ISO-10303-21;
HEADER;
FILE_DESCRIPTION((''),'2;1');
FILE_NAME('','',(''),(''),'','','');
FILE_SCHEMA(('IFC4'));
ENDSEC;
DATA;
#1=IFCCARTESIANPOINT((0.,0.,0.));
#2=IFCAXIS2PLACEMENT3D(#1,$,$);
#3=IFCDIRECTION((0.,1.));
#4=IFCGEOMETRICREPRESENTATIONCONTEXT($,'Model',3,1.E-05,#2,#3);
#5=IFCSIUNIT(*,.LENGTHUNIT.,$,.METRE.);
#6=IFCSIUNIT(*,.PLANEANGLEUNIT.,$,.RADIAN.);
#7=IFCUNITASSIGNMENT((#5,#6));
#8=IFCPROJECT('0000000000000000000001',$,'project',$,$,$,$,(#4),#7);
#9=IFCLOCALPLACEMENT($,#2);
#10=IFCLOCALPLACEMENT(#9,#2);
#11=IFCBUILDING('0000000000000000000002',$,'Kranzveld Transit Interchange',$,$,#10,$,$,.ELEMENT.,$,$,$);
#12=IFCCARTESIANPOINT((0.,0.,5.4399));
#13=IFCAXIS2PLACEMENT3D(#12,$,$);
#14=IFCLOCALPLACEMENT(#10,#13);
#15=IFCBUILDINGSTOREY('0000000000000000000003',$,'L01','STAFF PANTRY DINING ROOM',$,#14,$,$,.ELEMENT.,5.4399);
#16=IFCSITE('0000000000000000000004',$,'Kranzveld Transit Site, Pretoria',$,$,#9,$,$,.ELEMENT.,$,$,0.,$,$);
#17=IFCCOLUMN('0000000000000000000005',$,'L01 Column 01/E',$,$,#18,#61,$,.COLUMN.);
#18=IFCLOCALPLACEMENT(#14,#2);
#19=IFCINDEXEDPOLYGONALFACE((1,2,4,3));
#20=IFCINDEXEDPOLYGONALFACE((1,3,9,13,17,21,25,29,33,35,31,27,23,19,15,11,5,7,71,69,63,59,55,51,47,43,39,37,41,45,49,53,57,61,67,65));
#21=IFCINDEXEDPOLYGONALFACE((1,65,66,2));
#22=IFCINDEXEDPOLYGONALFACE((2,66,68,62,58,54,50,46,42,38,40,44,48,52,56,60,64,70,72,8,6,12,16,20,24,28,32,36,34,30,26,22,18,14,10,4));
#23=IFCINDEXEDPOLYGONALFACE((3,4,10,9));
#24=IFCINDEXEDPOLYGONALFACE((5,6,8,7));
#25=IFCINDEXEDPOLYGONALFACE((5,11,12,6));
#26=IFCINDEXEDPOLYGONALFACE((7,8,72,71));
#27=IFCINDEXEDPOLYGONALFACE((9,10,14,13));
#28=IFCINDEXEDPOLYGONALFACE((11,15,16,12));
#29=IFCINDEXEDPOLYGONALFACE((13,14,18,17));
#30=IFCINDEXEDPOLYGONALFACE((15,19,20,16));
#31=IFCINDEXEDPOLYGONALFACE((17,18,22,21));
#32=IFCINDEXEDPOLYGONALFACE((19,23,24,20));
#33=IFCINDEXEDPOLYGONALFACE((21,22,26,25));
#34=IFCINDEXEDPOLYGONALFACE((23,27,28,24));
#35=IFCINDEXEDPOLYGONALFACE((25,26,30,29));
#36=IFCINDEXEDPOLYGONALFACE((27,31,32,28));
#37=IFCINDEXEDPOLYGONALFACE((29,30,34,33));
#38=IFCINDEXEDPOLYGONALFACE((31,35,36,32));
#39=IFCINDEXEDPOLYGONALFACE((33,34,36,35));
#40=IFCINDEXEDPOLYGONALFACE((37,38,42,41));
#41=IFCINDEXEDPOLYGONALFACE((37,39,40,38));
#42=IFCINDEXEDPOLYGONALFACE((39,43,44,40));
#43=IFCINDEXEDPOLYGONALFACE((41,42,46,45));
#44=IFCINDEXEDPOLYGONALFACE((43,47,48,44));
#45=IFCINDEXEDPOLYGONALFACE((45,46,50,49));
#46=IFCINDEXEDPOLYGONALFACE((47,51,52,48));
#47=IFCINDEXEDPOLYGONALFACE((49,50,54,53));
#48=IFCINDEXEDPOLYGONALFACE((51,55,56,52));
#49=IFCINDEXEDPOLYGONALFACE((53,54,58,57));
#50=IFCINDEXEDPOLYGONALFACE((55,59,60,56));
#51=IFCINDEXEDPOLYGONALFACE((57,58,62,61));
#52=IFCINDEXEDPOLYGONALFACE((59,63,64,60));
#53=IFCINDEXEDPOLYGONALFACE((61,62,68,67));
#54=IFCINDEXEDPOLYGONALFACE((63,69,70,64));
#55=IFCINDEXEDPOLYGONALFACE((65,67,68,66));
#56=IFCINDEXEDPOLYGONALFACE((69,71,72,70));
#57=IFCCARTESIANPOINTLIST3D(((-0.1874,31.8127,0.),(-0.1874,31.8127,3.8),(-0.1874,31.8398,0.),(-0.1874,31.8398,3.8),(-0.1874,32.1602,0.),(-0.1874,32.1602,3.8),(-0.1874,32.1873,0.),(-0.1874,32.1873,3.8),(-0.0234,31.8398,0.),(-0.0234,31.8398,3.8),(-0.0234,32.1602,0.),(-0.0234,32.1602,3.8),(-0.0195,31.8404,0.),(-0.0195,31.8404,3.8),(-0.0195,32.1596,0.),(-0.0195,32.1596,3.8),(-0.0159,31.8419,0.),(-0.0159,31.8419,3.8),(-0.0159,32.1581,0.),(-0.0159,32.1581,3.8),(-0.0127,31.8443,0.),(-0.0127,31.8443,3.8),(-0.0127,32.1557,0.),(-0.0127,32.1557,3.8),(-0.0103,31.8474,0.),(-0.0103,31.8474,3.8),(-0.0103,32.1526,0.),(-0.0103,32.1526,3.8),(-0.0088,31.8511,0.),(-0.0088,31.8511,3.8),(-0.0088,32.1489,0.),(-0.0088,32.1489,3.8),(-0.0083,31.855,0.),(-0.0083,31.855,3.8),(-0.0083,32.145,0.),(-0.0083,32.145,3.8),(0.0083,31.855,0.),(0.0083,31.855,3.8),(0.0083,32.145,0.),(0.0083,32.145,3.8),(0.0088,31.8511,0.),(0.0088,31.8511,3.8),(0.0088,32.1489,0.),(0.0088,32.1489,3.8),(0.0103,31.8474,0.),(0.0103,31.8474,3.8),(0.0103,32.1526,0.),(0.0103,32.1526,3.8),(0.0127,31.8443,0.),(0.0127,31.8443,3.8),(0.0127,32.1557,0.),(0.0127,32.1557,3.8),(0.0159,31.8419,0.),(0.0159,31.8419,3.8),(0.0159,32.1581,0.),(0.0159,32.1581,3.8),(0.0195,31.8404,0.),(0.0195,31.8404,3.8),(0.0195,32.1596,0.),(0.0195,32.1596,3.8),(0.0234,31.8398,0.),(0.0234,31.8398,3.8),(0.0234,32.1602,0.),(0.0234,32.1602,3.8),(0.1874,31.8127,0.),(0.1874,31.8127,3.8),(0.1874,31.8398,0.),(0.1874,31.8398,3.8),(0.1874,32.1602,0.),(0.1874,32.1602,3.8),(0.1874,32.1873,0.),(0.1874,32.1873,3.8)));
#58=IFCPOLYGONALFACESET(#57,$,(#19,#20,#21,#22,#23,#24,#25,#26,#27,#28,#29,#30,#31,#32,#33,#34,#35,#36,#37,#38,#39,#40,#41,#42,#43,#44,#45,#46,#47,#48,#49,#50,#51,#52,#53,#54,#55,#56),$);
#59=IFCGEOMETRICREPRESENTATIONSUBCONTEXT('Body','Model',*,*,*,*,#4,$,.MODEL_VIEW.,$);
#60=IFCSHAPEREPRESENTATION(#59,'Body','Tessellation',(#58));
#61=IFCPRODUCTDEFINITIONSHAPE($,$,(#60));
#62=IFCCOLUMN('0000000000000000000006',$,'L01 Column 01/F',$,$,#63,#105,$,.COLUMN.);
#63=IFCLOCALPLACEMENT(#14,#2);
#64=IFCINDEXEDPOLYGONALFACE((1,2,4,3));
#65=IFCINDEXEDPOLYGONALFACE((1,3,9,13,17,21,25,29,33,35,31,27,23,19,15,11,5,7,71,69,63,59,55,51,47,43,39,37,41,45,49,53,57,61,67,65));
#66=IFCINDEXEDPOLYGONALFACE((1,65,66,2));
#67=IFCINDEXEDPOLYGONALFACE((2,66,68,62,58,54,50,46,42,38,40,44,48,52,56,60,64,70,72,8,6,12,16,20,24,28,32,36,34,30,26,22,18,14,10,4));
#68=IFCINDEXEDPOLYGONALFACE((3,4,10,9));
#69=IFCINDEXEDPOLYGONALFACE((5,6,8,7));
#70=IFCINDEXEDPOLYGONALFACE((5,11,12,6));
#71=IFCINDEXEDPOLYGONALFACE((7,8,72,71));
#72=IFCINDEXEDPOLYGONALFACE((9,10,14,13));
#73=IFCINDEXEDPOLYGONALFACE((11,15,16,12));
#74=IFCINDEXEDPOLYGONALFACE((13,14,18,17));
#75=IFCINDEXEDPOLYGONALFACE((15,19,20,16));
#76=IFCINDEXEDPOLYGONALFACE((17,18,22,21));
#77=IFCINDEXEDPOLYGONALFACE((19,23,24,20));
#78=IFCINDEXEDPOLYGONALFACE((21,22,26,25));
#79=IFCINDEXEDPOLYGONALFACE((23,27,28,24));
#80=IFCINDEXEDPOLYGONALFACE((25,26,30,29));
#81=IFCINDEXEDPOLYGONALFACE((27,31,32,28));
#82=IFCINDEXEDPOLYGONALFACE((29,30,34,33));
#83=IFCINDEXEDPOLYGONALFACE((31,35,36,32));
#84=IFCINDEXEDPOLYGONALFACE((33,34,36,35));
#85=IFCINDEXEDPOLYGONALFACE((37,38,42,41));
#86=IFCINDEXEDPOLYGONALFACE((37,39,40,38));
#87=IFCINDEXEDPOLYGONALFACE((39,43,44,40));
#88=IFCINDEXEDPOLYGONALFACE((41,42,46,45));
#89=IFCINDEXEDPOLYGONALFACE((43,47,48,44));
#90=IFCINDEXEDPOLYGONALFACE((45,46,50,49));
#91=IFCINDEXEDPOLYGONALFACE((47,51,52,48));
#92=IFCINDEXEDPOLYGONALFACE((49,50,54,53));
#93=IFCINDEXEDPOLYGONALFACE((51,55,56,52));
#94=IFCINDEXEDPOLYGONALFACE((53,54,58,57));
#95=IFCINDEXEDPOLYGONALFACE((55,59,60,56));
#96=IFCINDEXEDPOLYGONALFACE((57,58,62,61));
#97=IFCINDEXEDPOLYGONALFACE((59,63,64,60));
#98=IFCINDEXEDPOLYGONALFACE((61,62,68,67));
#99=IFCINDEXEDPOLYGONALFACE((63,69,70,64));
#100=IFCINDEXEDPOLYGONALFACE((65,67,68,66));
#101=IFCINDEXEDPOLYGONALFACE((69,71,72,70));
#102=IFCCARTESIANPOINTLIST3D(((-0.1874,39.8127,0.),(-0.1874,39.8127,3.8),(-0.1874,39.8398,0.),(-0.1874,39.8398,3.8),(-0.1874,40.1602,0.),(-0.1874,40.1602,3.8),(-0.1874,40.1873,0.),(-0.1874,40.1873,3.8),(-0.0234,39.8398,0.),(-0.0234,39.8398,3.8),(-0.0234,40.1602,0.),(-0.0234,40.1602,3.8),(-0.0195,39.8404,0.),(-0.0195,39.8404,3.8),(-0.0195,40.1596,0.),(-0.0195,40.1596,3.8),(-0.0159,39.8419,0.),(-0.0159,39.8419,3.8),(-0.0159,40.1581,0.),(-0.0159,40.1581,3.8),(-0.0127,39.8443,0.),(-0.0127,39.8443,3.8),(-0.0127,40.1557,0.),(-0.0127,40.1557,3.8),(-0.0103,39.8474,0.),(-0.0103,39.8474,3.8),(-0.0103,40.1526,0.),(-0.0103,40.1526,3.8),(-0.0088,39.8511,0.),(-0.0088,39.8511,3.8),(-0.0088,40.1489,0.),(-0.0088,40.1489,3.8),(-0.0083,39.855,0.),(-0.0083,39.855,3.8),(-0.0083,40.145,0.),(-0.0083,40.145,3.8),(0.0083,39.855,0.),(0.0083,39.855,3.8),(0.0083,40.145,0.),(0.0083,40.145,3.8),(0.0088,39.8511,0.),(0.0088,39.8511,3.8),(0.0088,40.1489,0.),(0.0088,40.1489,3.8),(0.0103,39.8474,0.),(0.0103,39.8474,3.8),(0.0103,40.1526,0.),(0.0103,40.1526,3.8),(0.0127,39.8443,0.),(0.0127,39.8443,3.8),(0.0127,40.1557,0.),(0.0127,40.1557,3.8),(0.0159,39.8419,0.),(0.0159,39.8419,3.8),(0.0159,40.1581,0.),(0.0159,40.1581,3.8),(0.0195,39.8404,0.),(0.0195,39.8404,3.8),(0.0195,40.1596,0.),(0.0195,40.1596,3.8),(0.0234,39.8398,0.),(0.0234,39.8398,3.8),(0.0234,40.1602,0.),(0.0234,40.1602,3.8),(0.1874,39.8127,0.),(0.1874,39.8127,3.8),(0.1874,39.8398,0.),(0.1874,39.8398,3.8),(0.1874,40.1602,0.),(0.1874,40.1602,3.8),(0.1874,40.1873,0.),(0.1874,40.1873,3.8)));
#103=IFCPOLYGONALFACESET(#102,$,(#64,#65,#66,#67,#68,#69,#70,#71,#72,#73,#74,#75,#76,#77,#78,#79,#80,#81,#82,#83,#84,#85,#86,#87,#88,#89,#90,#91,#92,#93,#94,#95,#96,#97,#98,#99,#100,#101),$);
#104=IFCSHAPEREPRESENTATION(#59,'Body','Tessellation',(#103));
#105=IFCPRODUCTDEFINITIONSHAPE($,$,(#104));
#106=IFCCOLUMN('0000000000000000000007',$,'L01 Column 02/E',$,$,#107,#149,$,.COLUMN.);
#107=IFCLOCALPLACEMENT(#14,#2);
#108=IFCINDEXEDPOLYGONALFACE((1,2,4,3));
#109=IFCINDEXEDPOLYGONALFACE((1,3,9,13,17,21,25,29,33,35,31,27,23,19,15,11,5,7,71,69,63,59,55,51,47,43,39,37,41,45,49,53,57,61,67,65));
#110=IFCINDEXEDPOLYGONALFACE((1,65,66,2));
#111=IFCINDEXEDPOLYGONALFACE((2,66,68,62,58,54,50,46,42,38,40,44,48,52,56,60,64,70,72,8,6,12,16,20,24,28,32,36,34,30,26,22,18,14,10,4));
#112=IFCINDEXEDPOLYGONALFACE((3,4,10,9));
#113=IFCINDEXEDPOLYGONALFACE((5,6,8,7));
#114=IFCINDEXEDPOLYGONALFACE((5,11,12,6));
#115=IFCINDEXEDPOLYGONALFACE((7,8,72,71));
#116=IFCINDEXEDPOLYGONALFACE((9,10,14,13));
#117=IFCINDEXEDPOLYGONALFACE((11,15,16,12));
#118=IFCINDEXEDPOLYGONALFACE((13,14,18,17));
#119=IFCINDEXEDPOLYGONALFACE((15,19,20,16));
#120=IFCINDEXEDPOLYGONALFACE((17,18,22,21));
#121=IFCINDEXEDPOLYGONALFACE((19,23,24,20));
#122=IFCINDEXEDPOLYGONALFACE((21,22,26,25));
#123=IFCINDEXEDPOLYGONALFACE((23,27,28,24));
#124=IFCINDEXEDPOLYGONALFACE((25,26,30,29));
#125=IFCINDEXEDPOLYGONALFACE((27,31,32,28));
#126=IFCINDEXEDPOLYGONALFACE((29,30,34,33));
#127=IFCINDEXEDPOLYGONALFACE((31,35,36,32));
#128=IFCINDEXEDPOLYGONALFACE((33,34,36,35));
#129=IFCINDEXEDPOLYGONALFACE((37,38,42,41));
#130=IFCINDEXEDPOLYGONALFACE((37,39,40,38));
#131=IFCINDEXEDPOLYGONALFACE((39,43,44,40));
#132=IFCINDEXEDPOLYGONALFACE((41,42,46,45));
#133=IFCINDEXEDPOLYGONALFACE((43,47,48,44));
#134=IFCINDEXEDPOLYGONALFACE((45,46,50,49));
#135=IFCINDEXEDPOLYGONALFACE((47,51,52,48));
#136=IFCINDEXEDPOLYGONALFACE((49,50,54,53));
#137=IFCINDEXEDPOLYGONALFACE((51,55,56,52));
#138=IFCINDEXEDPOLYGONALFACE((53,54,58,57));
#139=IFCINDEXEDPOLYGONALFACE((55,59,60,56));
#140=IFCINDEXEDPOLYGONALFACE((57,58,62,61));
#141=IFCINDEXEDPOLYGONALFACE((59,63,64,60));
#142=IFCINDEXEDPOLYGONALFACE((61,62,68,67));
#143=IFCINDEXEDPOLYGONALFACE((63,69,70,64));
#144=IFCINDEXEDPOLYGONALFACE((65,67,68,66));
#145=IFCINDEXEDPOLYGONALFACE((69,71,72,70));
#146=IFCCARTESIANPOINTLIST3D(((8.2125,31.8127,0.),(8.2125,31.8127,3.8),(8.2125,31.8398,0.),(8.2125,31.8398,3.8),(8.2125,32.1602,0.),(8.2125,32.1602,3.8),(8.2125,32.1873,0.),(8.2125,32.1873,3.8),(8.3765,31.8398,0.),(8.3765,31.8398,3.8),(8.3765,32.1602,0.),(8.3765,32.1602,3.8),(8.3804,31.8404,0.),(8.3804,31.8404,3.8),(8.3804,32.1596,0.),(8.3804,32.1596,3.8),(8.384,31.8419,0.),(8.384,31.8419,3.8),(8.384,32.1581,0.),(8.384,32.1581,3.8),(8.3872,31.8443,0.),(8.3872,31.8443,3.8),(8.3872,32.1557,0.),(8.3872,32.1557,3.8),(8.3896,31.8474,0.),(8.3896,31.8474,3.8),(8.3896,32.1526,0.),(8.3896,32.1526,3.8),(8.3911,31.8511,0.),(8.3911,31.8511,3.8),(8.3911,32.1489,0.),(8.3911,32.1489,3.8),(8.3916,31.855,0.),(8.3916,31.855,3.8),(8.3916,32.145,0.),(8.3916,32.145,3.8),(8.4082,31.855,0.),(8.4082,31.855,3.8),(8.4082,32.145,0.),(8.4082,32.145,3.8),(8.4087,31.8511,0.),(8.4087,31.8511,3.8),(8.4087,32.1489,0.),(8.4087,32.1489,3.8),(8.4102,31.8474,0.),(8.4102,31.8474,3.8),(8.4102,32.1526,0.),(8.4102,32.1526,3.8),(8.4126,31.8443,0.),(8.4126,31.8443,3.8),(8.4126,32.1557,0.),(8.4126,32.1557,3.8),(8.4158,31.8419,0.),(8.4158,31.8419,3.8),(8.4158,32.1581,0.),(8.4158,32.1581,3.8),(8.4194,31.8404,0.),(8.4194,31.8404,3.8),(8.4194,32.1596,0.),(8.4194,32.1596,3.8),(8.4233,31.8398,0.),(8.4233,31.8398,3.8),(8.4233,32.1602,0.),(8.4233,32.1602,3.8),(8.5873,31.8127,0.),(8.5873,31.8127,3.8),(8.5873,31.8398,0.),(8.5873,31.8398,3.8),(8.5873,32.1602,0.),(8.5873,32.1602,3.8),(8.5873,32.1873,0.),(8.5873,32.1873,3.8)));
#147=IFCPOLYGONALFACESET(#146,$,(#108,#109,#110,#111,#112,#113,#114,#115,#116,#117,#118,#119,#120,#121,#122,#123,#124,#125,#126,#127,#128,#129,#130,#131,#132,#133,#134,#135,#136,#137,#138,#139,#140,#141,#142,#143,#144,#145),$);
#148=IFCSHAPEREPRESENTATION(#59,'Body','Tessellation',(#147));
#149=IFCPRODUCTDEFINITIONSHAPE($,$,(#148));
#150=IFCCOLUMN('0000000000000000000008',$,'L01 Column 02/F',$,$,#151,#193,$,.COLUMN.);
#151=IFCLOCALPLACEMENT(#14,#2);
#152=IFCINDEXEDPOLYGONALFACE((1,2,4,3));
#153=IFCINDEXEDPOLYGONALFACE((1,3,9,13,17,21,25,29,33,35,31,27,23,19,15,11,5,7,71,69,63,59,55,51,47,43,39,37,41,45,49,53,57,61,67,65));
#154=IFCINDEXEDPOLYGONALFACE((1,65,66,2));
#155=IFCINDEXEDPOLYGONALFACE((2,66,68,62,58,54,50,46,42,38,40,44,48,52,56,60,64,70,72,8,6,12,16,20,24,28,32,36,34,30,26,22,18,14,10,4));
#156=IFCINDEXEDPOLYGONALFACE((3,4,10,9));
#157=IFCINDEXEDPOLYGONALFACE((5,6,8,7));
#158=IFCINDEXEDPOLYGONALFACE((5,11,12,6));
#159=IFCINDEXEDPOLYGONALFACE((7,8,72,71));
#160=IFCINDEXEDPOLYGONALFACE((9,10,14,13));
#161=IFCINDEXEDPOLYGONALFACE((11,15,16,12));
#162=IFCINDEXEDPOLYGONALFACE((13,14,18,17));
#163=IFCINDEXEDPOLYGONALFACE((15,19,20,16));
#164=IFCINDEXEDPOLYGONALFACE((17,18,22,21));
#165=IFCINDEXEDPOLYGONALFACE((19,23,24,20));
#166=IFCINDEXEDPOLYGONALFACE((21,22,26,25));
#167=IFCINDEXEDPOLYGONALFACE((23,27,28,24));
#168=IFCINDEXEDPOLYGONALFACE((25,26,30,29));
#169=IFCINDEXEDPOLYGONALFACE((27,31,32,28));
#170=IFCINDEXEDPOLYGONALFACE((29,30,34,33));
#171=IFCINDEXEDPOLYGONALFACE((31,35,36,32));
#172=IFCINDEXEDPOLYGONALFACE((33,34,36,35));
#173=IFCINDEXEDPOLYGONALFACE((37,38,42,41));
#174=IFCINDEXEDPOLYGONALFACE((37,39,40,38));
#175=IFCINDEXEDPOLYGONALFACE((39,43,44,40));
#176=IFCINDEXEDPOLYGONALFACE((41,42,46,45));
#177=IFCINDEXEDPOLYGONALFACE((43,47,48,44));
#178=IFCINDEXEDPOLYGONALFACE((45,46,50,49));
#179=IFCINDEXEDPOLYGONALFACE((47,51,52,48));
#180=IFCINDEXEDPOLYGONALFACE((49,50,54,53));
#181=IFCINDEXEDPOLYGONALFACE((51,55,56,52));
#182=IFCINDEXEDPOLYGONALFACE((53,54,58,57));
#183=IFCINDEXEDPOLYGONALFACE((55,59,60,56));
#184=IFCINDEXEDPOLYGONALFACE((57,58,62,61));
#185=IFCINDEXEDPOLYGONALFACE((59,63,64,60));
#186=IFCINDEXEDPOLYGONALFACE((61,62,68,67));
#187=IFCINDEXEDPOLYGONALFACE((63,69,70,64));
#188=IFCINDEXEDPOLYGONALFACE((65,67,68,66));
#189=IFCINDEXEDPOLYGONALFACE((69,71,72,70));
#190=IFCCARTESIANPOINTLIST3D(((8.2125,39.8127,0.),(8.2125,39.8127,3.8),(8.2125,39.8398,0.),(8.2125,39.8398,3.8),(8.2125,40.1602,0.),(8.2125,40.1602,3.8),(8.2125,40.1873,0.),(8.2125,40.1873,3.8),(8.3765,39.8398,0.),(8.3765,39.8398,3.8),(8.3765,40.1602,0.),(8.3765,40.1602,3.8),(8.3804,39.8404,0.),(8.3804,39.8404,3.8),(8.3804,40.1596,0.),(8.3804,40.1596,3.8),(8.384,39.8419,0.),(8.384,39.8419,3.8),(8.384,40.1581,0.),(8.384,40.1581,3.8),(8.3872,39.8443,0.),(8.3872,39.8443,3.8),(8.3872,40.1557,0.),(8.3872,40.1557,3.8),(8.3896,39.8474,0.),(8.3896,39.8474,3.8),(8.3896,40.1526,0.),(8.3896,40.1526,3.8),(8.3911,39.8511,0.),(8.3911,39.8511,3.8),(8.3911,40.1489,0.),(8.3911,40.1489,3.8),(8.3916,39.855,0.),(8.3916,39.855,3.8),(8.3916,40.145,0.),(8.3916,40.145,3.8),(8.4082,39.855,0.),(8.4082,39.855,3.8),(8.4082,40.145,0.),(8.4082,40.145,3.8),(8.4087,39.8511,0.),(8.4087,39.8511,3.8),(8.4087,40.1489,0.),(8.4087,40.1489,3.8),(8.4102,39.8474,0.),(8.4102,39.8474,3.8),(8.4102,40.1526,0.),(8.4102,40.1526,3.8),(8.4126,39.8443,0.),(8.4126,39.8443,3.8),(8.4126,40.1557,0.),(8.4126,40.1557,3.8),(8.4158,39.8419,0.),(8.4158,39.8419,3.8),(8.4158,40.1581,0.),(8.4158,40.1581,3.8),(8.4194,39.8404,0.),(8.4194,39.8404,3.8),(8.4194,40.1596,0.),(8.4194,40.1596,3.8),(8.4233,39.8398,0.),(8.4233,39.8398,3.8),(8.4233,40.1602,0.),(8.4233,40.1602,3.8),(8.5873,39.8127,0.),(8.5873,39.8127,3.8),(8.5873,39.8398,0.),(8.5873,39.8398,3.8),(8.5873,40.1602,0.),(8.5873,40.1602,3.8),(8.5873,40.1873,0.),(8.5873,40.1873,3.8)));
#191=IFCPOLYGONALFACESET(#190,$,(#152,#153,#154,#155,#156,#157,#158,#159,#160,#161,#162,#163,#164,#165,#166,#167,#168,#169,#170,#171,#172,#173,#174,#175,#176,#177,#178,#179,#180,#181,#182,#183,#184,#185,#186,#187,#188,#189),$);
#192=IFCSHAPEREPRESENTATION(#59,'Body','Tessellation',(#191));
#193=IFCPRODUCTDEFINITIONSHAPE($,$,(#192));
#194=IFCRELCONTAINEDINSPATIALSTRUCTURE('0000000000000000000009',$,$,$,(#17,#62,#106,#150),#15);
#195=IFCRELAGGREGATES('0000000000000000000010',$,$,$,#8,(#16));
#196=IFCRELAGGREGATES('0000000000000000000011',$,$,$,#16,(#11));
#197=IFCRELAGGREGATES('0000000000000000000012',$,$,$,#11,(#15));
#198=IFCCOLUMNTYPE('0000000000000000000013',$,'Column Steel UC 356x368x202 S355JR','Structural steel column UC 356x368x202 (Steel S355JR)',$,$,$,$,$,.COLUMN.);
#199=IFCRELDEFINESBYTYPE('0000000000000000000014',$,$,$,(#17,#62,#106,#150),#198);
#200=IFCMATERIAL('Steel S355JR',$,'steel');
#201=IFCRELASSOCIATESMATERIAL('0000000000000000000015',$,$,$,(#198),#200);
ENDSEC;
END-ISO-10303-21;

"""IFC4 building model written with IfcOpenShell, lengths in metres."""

from ifc_helpers import new_model, si_unit, direction, frame, origin, origin_2d, place, context, subcontext, project, spatial, i_section, extrude, material, material_profile, profile_set, type_object, element, save


model = new_model("IFC4")

# Units and contexts
model_context = context("Model", 3, precision=1e-05, world=origin(), true_north=direction((0.0, 1.0)))
body_context = subcontext(model_context, "Body", "Model", "MODEL_VIEW")
ifc_project = project(units=[si_unit("LENGTHUNIT", "METRE"), si_unit("PLANEANGLEUNIT", "RADIAN")], contexts=[model_context])

# Site, building, storey
site_placement = place(None, origin())
site = spatial("IfcSite", under=ifc_project, at=site_placement, Name="Kranzveld Transit Site, Pretoria", CompositionType="ELEMENT", RefElevation=0.0)
building_placement = place(site_placement, origin())
building = spatial("IfcBuilding", under=site, at=building_placement, Name="Kranzveld Transit Interchange", CompositionType="ELEMENT")
storey_placement = place(building_placement, frame((0.0, 0.0, 5.4399)))
storey = spatial("IfcBuildingStorey", under=building, at=storey_placement, Name="L01", Description="STAFF PANTRY DINING ROOM", CompositionType="ELEMENT", Elevation=5.4399)

# Columns
ifc_material_1 = material(Name="Steel S355JR", Category="steel")
ifc_material_profile_1 = material_profile(ifc_material_1, i_section(OverallWidth=0.3748, OverallDepth=0.3745, WebThickness=0.0166, FlangeThickness=0.0271, FilletRadius=0.0151, at=origin_2d()), Name="UC 356x368x202")
ifc_profile_set_1 = profile_set([ifc_material_profile_1], Name="Steel S355JR")
column_type = type_object("IfcColumnType", Name="Column Steel UC 356x368x202 S355JR", Description="Structural steel column UC 356x368x202 (Steel S355JR)", PredefinedType="COLUMN", material=ifc_profile_set_1)
for number, where, z_axis, x_axis, name in (
    (1, (0.0, 32.0, 0.0), (0.0, 0.0, 1.0), (1.0, 0.0, 0.0), "L01 Column 01/E"),
    (2, (0.0, 40.0, 0.0), (0.0, 0.0, 1.0), (1.0, 0.0, 0.0), "L01 Column 01/F"),
    (3, (8.3999, 32.0, 0.0), (0.0, 0.0, 1.0), (1.0, 0.0, 0.0), "L01 Column 02/E"),
    (4, (8.3999, 40.0, 0.0), (0.0, 0.0, 1.0), (1.0, 0.0, 0.0), "L01 Column 02/F"),
):
    element("IfcColumn", number, at=place(storey_placement, frame(where, z_axis=z_axis, x_axis=x_axis)), inside=storey, type_object=column_type, Name=name, PredefinedType="COLUMN", context=body_context, shape_type="SweptSolid", body=[
        extrude(i_section(OverallWidth=0.3748, OverallDepth=0.3745, WebThickness=0.0166, FlangeThickness=0.0271, FilletRadius=0.0151, at=origin_2d()), origin(), (0.0, 0.0, 1.0), 3.8),
    ])

save(model, "model.ifc")
